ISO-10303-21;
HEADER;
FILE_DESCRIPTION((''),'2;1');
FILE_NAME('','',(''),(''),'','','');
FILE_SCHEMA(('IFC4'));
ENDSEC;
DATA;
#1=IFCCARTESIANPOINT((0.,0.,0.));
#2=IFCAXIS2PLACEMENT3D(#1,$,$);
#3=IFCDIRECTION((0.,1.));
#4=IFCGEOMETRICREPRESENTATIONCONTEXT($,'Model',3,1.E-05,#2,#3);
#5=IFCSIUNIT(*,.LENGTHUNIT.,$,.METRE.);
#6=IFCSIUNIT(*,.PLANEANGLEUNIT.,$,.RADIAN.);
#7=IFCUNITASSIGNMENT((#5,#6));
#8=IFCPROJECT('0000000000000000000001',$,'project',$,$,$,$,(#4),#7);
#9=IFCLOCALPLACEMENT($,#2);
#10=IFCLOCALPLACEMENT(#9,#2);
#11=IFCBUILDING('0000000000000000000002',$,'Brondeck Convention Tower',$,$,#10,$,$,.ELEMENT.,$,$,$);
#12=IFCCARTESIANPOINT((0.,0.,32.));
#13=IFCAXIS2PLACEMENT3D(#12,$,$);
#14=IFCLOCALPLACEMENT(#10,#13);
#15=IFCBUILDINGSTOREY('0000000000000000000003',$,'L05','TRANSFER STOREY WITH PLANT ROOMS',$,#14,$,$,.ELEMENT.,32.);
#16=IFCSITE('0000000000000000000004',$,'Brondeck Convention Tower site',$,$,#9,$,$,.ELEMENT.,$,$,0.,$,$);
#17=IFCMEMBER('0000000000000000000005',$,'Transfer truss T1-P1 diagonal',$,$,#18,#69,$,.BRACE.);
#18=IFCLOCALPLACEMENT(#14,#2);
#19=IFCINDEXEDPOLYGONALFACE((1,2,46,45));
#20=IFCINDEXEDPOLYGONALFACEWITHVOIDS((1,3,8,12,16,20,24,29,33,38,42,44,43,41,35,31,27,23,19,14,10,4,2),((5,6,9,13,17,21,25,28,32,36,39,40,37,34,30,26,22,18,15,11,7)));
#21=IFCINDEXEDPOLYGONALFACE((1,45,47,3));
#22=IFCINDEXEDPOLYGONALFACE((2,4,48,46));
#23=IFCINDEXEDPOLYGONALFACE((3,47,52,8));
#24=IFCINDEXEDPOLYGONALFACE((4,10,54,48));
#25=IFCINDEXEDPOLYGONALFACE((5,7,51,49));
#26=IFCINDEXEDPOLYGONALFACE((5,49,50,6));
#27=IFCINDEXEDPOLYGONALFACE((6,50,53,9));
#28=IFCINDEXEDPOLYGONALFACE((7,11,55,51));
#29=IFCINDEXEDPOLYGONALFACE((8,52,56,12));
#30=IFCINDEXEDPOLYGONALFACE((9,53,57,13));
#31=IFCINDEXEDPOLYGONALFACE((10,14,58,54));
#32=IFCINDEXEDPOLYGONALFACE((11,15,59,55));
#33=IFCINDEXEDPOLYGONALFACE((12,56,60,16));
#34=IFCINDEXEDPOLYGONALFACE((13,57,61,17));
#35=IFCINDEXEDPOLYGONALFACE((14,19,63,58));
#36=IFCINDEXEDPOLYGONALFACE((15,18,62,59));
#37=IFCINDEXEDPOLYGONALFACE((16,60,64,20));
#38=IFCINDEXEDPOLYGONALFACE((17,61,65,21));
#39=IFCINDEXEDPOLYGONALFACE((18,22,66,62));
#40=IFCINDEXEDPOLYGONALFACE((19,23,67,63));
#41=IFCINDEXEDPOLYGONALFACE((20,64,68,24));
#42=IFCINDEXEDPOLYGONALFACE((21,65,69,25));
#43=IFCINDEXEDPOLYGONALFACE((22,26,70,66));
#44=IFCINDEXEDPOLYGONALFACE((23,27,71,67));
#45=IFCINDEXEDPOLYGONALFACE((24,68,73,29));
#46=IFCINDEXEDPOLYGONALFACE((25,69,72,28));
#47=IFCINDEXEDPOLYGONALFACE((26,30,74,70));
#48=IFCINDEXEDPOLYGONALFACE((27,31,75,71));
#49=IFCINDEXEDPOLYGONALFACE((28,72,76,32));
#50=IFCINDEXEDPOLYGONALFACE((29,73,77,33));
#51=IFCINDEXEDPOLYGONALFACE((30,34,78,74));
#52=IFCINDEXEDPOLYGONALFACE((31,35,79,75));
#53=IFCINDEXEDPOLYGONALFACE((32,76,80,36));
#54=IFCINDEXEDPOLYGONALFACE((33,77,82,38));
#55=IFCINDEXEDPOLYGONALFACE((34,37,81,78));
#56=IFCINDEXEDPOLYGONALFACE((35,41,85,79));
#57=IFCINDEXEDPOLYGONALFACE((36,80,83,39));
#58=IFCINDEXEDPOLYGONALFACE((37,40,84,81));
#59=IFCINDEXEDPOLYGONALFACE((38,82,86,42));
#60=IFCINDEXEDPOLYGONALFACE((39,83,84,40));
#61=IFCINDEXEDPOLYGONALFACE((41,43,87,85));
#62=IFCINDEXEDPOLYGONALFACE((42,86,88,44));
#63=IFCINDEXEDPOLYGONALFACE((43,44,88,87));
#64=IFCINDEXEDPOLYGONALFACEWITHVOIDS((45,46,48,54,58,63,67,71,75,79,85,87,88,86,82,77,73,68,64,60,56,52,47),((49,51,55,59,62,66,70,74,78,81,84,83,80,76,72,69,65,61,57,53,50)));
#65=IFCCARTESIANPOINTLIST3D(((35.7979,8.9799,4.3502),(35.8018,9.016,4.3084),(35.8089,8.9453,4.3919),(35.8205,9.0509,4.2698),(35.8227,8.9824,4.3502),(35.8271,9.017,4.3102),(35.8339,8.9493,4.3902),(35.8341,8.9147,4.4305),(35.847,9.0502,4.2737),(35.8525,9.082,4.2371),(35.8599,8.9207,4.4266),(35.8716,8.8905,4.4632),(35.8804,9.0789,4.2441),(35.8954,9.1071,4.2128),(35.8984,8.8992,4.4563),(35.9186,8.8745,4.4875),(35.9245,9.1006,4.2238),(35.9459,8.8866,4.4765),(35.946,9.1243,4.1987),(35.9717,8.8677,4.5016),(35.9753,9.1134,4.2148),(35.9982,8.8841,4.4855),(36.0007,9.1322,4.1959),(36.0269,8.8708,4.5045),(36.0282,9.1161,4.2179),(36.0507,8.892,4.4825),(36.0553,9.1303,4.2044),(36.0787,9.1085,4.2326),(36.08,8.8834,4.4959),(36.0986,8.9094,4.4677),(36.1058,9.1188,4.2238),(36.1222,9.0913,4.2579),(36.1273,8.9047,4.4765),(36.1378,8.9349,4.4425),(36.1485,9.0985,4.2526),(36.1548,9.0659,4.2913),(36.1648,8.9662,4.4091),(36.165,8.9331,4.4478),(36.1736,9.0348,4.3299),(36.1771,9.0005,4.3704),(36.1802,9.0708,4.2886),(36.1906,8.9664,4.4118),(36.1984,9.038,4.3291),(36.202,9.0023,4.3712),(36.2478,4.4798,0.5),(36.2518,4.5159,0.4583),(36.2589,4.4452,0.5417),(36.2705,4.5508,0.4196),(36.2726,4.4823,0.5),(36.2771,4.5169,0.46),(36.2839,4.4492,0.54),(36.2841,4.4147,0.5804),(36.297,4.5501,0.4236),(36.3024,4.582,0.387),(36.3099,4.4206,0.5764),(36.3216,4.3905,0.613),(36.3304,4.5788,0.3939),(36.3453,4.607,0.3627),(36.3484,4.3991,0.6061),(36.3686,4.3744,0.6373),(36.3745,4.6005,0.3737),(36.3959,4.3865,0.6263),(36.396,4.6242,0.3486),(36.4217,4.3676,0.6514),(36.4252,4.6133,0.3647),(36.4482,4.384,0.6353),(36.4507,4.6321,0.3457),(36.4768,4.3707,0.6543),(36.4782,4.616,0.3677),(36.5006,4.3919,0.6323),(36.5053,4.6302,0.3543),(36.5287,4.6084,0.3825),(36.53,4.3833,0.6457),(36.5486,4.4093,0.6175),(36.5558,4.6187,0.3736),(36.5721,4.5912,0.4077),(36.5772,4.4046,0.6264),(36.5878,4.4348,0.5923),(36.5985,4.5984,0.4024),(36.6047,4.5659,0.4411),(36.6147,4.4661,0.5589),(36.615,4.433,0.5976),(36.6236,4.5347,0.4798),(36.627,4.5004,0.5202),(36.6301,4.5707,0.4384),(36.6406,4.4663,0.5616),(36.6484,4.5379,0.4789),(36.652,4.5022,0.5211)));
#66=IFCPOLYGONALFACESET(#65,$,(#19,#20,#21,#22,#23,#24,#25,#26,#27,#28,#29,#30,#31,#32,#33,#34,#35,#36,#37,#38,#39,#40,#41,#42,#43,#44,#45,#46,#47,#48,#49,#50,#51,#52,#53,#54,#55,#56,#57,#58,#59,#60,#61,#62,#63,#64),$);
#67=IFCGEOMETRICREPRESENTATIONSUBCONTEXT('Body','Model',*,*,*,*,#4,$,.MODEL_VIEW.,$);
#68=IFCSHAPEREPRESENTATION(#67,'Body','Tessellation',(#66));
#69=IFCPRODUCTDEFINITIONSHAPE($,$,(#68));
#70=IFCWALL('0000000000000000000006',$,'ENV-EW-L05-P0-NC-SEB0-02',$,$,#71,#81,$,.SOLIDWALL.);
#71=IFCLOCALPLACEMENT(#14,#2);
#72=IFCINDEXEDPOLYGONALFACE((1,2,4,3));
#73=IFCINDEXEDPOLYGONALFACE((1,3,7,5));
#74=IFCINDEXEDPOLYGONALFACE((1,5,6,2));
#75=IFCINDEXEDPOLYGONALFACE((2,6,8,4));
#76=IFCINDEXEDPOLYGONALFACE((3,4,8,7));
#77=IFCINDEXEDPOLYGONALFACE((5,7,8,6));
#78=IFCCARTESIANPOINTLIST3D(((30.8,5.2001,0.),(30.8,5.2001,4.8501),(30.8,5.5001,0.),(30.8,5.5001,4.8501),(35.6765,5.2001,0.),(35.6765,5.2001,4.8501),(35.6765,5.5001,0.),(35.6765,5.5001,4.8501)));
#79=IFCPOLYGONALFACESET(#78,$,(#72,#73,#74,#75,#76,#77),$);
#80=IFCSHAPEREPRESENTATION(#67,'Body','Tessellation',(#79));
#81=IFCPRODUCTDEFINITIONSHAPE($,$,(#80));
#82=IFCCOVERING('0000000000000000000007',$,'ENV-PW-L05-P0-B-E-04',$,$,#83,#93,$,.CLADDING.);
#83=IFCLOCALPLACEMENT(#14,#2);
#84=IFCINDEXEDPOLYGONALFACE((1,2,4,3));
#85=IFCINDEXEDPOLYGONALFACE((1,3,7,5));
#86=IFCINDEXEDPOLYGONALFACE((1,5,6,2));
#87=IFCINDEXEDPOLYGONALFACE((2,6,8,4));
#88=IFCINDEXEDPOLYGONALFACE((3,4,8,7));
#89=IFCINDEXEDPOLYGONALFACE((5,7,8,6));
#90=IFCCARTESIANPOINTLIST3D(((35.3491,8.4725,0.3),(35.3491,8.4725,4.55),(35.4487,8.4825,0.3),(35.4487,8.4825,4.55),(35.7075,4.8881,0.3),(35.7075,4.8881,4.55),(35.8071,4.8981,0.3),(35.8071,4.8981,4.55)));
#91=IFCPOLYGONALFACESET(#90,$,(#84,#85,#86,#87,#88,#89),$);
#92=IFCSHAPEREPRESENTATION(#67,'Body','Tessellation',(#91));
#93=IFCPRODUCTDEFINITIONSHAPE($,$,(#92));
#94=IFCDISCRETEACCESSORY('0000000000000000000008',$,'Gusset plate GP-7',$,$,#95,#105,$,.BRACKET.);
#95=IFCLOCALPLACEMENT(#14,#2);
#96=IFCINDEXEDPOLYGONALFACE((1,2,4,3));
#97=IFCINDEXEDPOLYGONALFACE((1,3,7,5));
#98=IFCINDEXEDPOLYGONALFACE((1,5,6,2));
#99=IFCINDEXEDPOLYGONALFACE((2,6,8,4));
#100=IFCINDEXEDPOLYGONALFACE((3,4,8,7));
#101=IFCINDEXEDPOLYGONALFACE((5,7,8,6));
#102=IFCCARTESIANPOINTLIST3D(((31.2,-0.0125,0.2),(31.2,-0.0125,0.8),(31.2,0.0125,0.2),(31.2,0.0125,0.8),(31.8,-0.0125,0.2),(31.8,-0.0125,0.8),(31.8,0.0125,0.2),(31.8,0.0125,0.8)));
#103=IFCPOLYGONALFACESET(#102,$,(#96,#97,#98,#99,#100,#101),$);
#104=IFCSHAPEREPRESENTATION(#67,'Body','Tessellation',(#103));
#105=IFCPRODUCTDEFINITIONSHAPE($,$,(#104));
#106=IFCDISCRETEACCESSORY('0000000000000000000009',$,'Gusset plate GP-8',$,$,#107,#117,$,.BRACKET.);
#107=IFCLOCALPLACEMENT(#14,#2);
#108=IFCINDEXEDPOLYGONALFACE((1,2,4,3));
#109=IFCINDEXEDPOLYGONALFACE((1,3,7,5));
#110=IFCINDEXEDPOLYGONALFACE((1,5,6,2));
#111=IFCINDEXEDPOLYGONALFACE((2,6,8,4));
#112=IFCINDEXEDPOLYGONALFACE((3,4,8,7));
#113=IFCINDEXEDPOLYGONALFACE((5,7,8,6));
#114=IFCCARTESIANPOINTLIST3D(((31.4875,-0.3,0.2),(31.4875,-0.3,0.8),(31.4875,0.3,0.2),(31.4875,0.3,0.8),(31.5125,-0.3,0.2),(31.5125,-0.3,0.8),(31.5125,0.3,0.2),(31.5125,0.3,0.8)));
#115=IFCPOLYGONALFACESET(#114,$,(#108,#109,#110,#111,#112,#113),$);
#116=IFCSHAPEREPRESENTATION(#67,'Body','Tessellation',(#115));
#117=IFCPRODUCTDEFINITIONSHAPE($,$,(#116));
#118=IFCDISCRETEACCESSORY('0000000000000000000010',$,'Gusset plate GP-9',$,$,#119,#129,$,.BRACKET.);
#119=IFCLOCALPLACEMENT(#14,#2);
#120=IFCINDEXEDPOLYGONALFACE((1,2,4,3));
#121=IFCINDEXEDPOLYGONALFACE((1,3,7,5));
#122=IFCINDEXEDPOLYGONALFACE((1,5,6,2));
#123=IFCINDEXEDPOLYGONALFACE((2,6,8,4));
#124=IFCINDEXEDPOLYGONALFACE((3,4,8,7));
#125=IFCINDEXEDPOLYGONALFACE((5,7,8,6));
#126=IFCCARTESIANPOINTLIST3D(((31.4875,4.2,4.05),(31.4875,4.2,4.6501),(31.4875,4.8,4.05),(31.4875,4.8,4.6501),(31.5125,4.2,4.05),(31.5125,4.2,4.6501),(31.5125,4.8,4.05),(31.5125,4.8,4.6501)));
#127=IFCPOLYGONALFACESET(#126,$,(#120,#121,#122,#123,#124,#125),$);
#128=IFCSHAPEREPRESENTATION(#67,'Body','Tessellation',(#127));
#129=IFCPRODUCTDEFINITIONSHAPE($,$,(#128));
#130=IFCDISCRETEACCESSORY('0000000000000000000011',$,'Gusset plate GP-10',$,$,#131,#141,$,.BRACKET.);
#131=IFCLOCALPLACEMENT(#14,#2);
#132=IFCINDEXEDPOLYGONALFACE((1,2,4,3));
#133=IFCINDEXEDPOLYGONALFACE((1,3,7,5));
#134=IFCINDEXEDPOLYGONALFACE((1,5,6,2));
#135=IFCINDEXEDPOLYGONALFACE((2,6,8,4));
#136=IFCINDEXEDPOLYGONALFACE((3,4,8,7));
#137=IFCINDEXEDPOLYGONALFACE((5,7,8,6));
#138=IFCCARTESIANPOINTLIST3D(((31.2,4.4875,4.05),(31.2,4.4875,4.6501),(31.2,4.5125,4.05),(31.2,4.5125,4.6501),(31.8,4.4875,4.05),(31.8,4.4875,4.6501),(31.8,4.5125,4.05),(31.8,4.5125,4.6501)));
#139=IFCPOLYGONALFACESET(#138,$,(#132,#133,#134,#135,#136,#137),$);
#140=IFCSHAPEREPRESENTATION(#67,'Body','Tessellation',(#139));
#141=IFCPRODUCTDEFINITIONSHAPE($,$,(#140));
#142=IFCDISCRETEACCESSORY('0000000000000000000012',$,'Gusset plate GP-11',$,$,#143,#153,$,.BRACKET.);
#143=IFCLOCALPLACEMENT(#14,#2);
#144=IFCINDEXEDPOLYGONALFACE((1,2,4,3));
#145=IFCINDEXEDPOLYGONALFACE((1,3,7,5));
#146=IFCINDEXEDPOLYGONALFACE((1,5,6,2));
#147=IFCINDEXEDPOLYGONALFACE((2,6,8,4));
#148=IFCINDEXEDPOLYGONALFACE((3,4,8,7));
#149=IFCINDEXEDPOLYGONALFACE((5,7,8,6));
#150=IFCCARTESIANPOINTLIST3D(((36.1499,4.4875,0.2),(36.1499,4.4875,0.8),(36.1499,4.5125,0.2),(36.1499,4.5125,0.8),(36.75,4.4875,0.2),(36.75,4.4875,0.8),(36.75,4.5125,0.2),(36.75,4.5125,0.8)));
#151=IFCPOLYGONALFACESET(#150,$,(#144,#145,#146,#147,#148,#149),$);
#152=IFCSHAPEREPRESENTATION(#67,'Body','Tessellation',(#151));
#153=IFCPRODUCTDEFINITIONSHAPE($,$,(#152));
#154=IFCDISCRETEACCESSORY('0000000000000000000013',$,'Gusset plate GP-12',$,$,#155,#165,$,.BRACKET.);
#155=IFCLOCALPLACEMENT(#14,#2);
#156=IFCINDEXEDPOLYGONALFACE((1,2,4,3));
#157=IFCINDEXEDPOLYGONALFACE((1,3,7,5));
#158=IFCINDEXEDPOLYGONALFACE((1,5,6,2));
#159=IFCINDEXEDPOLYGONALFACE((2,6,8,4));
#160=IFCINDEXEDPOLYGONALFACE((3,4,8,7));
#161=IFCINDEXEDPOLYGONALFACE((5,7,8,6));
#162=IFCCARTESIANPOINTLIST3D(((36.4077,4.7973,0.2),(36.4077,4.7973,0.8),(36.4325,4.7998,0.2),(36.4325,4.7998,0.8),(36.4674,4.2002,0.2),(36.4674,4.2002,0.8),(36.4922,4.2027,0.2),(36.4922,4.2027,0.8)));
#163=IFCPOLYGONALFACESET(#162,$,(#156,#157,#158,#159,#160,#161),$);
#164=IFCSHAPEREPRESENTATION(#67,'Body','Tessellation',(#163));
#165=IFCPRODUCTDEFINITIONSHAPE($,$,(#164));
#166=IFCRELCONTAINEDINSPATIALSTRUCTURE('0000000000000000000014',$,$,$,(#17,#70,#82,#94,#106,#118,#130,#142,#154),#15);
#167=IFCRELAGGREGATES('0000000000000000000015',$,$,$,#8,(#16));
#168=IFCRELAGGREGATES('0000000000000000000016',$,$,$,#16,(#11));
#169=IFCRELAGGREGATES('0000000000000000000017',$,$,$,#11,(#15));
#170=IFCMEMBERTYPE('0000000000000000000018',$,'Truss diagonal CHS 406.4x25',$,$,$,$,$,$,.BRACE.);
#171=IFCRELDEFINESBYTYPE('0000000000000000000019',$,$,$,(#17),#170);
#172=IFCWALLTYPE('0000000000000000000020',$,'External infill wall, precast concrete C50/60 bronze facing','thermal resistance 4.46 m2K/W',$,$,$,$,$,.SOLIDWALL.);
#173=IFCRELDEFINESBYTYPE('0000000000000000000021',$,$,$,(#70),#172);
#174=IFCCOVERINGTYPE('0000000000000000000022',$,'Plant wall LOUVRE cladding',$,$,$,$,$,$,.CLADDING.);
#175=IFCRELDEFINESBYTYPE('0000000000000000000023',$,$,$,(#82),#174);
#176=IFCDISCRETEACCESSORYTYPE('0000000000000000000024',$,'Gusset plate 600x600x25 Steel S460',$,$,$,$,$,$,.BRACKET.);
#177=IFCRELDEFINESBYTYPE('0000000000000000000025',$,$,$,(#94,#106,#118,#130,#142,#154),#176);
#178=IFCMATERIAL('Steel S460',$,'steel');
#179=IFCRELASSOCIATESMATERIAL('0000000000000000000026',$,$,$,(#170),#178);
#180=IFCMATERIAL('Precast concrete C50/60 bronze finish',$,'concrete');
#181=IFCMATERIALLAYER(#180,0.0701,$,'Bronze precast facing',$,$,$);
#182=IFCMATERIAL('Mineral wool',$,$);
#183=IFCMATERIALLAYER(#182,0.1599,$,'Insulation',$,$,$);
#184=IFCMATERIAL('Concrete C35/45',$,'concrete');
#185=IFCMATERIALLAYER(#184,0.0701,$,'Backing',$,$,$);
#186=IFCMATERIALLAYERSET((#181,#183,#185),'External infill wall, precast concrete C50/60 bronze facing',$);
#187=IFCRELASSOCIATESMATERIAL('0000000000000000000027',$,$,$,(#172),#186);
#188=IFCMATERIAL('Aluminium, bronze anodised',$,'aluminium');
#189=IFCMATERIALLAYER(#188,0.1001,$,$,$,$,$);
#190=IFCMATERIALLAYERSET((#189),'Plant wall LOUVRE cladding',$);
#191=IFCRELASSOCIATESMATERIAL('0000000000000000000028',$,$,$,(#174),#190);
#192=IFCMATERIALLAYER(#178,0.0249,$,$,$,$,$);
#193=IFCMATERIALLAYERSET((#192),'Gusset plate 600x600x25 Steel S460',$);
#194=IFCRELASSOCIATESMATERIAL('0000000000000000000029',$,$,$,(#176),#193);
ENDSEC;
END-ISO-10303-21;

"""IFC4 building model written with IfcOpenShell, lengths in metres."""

from ifc_helpers import new_model, si_unit, direction, frame, frame_2d, origin, origin_2d, place, context, subcontext, project, spatial, rectangle, hollow_circle, extrude, material, layer, layer_set, material_profile, profile_set, type_object, element, save


model = new_model("IFC4")

# Units and contexts
model_context = context("Model", 3, precision=1e-05, world=origin(), true_north=direction((0.0, 1.0)))
body_context = subcontext(model_context, "Body", "Model", "MODEL_VIEW")
ifc_project = project(units=[si_unit("LENGTHUNIT", "METRE"), si_unit("PLANEANGLEUNIT", "RADIAN")], contexts=[model_context])

# Site, building, storey
site_placement = place(None, origin())
site = spatial("IfcSite", under=ifc_project, at=site_placement, Name="Brondeck Convention Tower site", CompositionType="ELEMENT", RefElevation=0.0)
building_placement = place(site_placement, origin())
building = spatial("IfcBuilding", under=site, at=building_placement, Name="Brondeck Convention Tower", CompositionType="ELEMENT")
storey_placement = place(building_placement, frame((0.0, 0.0, 32.0)))
storey = spatial("IfcBuildingStorey", under=building, at=storey_placement, Name="L05", Description="TRANSFER STOREY WITH PLANT ROOMS", CompositionType="ELEMENT", Elevation=32.0)

# Shared definitions
ifc_material_1 = material(Name="Steel S460", Category="steel")

# Member
ifc_material_profile_1 = material_profile(ifc_material_1, hollow_circle(Radius=0.2031, WallThickness=0.0249, at=origin_2d()), Name="CHS 406.4x25")
ifc_profile_set_1 = profile_set([ifc_material_profile_1], Name="Steel S460")
member_type_1 = type_object("IfcMemberType", Name="Truss diagonal CHS 406.4x25", PredefinedType="BRACE", material=ifc_profile_set_1)
member_1_placement = place(storey_placement, frame((36.45, 4.5, 0.5), z_axis=(-0.075758, 0.75766, 0.648237), x_axis=(-0.995038, -0.099493, 0.0)))
element("IfcMember", 1, at=member_1_placement, inside=storey, type_object=member_type_1, Name="Transfer truss T1-P1 diagonal", PredefinedType="BRACE", context=body_context, shape_type="SweptSolid", body=[
    extrude(hollow_circle(Radius=0.2031, WallThickness=0.0249, at=origin_2d()), origin(), (0.0, 0.0, 1.0), 5.9395),
])

# Wall
ifc_material_2 = material(Name="Precast concrete C50/60 bronze finish", Category="concrete")
ifc_layer_1 = layer(ifc_material_2, 0.0701, Name="Bronze precast facing")
ifc_material_3 = material(Name="Mineral wool")
ifc_layer_2 = layer(ifc_material_3, 0.1599, Name="Insulation")
ifc_material_4 = material(Name="Concrete C35/45", Category="concrete")
ifc_layer_3 = layer(ifc_material_4, 0.0701, Name="Backing")
ifc_layer_set_1 = layer_set([ifc_layer_1, ifc_layer_2, ifc_layer_3], Name="External infill wall, precast concrete C50/60 bronze facing")
wall_type = type_object("IfcWallType", Name="External infill wall, precast concrete C50/60 bronze facing", Description="thermal resistance 4.46 m2K/W", PredefinedType="SOLIDWALL", material=ifc_layer_set_1)
wall_placement = place(storey_placement, frame((35.6765, 5.3501, 0.0), z_axis=(0.0, 0.0, 1.0), x_axis=(-1.0, 0.0, 0.0)))
element("IfcWall", 2, at=wall_placement, inside=storey, type_object=wall_type, Name="ENV-EW-L05-P0-NC-SEB0-02", PredefinedType="SOLIDWALL", context=body_context, shape_type="SweptSolid", body=[
    extrude(rectangle(XDim=4.8765, YDim=0.3, at=frame_2d((2.4382, 0.0))), origin(), (0.0, 0.0, 1.0), 4.8501),
])

# Covering
ifc_material_5 = material(Name="Aluminium, bronze anodised", Category="aluminium")
ifc_layer_4 = layer(ifc_material_5, 0.1001)
ifc_layer_set_2 = layer_set([ifc_layer_4], Name="Plant wall LOUVRE cladding")
covering_type = type_object("IfcCoveringType", Name="Plant wall LOUVRE cladding", PredefinedType="CLADDING", material=ifc_layer_set_2)
covering_placement = place(storey_placement, frame((35.5781, 6.6853, 0.3), z_axis=(0.0, 0.0, 1.0), x_axis=(-0.099504, 0.995037, 0.0)))
element("IfcCovering", 3, at=covering_placement, inside=storey, type_object=covering_type, Name="ENV-PW-L05-P0-B-E-04", PredefinedType="CLADDING", context=body_context, shape_type="SweptSolid", body=[
    extrude(rectangle(XDim=3.6023, YDim=0.1001, at=origin_2d()), origin(), (0.0, 0.0, 1.0), 4.25),
])

# Discrete accessories
ifc_layer_5 = layer(ifc_material_1, 0.0249)
ifc_layer_set_3 = layer_set([ifc_layer_5], Name="Gusset plate 600x600x25 Steel S460")
discrete_accessory_type = type_object("IfcDiscreteAccessoryType", Name="Gusset plate 600x600x25 Steel S460", PredefinedType="BRACKET", material=ifc_layer_set_3)
for number, where, z_axis, x_axis, name in (
    (4, (31.5, 0.0, 0.2), (0.0, 0.0, 1.0), (1.0, 0.0, 0.0), "Gusset plate GP-7"),
    (5, (31.5, 0.0, 0.2), (0.0, 0.0, 1.0), (0.0, 1.0, 0.0), "Gusset plate GP-8"),
    (6, (31.5, 4.5, 4.05), (0.0, 0.0, 1.0), (0.0, 1.0, 0.0), "Gusset plate GP-9"),
    (7, (31.5, 4.5, 4.05), (0.0, 0.0, 1.0), (1.0, 0.0, 0.0), "Gusset plate GP-10"),
    (8, (36.45, 4.5, 0.2), (0.0, 0.0, 1.0), (1.0, 0.0, 0.0), "Gusset plate GP-11"),
    (9, (36.45, 4.5, 0.2), (0.0, 0.0, 1.0), (-0.099511, 0.995036, 0.0), "Gusset plate GP-12"),
):
    element("IfcDiscreteAccessory", number, at=place(storey_placement, frame(where, z_axis=z_axis, x_axis=x_axis)), inside=storey, type_object=discrete_accessory_type, Name=name, PredefinedType="BRACKET", context=body_context, shape_type="SweptSolid", body=[
        extrude(rectangle(XDim=0.6001, YDim=0.0249, at=origin_2d()), origin(), (0.0, 0.0, 1.0), 0.6001),
    ])

save(model, "model.ifc")
